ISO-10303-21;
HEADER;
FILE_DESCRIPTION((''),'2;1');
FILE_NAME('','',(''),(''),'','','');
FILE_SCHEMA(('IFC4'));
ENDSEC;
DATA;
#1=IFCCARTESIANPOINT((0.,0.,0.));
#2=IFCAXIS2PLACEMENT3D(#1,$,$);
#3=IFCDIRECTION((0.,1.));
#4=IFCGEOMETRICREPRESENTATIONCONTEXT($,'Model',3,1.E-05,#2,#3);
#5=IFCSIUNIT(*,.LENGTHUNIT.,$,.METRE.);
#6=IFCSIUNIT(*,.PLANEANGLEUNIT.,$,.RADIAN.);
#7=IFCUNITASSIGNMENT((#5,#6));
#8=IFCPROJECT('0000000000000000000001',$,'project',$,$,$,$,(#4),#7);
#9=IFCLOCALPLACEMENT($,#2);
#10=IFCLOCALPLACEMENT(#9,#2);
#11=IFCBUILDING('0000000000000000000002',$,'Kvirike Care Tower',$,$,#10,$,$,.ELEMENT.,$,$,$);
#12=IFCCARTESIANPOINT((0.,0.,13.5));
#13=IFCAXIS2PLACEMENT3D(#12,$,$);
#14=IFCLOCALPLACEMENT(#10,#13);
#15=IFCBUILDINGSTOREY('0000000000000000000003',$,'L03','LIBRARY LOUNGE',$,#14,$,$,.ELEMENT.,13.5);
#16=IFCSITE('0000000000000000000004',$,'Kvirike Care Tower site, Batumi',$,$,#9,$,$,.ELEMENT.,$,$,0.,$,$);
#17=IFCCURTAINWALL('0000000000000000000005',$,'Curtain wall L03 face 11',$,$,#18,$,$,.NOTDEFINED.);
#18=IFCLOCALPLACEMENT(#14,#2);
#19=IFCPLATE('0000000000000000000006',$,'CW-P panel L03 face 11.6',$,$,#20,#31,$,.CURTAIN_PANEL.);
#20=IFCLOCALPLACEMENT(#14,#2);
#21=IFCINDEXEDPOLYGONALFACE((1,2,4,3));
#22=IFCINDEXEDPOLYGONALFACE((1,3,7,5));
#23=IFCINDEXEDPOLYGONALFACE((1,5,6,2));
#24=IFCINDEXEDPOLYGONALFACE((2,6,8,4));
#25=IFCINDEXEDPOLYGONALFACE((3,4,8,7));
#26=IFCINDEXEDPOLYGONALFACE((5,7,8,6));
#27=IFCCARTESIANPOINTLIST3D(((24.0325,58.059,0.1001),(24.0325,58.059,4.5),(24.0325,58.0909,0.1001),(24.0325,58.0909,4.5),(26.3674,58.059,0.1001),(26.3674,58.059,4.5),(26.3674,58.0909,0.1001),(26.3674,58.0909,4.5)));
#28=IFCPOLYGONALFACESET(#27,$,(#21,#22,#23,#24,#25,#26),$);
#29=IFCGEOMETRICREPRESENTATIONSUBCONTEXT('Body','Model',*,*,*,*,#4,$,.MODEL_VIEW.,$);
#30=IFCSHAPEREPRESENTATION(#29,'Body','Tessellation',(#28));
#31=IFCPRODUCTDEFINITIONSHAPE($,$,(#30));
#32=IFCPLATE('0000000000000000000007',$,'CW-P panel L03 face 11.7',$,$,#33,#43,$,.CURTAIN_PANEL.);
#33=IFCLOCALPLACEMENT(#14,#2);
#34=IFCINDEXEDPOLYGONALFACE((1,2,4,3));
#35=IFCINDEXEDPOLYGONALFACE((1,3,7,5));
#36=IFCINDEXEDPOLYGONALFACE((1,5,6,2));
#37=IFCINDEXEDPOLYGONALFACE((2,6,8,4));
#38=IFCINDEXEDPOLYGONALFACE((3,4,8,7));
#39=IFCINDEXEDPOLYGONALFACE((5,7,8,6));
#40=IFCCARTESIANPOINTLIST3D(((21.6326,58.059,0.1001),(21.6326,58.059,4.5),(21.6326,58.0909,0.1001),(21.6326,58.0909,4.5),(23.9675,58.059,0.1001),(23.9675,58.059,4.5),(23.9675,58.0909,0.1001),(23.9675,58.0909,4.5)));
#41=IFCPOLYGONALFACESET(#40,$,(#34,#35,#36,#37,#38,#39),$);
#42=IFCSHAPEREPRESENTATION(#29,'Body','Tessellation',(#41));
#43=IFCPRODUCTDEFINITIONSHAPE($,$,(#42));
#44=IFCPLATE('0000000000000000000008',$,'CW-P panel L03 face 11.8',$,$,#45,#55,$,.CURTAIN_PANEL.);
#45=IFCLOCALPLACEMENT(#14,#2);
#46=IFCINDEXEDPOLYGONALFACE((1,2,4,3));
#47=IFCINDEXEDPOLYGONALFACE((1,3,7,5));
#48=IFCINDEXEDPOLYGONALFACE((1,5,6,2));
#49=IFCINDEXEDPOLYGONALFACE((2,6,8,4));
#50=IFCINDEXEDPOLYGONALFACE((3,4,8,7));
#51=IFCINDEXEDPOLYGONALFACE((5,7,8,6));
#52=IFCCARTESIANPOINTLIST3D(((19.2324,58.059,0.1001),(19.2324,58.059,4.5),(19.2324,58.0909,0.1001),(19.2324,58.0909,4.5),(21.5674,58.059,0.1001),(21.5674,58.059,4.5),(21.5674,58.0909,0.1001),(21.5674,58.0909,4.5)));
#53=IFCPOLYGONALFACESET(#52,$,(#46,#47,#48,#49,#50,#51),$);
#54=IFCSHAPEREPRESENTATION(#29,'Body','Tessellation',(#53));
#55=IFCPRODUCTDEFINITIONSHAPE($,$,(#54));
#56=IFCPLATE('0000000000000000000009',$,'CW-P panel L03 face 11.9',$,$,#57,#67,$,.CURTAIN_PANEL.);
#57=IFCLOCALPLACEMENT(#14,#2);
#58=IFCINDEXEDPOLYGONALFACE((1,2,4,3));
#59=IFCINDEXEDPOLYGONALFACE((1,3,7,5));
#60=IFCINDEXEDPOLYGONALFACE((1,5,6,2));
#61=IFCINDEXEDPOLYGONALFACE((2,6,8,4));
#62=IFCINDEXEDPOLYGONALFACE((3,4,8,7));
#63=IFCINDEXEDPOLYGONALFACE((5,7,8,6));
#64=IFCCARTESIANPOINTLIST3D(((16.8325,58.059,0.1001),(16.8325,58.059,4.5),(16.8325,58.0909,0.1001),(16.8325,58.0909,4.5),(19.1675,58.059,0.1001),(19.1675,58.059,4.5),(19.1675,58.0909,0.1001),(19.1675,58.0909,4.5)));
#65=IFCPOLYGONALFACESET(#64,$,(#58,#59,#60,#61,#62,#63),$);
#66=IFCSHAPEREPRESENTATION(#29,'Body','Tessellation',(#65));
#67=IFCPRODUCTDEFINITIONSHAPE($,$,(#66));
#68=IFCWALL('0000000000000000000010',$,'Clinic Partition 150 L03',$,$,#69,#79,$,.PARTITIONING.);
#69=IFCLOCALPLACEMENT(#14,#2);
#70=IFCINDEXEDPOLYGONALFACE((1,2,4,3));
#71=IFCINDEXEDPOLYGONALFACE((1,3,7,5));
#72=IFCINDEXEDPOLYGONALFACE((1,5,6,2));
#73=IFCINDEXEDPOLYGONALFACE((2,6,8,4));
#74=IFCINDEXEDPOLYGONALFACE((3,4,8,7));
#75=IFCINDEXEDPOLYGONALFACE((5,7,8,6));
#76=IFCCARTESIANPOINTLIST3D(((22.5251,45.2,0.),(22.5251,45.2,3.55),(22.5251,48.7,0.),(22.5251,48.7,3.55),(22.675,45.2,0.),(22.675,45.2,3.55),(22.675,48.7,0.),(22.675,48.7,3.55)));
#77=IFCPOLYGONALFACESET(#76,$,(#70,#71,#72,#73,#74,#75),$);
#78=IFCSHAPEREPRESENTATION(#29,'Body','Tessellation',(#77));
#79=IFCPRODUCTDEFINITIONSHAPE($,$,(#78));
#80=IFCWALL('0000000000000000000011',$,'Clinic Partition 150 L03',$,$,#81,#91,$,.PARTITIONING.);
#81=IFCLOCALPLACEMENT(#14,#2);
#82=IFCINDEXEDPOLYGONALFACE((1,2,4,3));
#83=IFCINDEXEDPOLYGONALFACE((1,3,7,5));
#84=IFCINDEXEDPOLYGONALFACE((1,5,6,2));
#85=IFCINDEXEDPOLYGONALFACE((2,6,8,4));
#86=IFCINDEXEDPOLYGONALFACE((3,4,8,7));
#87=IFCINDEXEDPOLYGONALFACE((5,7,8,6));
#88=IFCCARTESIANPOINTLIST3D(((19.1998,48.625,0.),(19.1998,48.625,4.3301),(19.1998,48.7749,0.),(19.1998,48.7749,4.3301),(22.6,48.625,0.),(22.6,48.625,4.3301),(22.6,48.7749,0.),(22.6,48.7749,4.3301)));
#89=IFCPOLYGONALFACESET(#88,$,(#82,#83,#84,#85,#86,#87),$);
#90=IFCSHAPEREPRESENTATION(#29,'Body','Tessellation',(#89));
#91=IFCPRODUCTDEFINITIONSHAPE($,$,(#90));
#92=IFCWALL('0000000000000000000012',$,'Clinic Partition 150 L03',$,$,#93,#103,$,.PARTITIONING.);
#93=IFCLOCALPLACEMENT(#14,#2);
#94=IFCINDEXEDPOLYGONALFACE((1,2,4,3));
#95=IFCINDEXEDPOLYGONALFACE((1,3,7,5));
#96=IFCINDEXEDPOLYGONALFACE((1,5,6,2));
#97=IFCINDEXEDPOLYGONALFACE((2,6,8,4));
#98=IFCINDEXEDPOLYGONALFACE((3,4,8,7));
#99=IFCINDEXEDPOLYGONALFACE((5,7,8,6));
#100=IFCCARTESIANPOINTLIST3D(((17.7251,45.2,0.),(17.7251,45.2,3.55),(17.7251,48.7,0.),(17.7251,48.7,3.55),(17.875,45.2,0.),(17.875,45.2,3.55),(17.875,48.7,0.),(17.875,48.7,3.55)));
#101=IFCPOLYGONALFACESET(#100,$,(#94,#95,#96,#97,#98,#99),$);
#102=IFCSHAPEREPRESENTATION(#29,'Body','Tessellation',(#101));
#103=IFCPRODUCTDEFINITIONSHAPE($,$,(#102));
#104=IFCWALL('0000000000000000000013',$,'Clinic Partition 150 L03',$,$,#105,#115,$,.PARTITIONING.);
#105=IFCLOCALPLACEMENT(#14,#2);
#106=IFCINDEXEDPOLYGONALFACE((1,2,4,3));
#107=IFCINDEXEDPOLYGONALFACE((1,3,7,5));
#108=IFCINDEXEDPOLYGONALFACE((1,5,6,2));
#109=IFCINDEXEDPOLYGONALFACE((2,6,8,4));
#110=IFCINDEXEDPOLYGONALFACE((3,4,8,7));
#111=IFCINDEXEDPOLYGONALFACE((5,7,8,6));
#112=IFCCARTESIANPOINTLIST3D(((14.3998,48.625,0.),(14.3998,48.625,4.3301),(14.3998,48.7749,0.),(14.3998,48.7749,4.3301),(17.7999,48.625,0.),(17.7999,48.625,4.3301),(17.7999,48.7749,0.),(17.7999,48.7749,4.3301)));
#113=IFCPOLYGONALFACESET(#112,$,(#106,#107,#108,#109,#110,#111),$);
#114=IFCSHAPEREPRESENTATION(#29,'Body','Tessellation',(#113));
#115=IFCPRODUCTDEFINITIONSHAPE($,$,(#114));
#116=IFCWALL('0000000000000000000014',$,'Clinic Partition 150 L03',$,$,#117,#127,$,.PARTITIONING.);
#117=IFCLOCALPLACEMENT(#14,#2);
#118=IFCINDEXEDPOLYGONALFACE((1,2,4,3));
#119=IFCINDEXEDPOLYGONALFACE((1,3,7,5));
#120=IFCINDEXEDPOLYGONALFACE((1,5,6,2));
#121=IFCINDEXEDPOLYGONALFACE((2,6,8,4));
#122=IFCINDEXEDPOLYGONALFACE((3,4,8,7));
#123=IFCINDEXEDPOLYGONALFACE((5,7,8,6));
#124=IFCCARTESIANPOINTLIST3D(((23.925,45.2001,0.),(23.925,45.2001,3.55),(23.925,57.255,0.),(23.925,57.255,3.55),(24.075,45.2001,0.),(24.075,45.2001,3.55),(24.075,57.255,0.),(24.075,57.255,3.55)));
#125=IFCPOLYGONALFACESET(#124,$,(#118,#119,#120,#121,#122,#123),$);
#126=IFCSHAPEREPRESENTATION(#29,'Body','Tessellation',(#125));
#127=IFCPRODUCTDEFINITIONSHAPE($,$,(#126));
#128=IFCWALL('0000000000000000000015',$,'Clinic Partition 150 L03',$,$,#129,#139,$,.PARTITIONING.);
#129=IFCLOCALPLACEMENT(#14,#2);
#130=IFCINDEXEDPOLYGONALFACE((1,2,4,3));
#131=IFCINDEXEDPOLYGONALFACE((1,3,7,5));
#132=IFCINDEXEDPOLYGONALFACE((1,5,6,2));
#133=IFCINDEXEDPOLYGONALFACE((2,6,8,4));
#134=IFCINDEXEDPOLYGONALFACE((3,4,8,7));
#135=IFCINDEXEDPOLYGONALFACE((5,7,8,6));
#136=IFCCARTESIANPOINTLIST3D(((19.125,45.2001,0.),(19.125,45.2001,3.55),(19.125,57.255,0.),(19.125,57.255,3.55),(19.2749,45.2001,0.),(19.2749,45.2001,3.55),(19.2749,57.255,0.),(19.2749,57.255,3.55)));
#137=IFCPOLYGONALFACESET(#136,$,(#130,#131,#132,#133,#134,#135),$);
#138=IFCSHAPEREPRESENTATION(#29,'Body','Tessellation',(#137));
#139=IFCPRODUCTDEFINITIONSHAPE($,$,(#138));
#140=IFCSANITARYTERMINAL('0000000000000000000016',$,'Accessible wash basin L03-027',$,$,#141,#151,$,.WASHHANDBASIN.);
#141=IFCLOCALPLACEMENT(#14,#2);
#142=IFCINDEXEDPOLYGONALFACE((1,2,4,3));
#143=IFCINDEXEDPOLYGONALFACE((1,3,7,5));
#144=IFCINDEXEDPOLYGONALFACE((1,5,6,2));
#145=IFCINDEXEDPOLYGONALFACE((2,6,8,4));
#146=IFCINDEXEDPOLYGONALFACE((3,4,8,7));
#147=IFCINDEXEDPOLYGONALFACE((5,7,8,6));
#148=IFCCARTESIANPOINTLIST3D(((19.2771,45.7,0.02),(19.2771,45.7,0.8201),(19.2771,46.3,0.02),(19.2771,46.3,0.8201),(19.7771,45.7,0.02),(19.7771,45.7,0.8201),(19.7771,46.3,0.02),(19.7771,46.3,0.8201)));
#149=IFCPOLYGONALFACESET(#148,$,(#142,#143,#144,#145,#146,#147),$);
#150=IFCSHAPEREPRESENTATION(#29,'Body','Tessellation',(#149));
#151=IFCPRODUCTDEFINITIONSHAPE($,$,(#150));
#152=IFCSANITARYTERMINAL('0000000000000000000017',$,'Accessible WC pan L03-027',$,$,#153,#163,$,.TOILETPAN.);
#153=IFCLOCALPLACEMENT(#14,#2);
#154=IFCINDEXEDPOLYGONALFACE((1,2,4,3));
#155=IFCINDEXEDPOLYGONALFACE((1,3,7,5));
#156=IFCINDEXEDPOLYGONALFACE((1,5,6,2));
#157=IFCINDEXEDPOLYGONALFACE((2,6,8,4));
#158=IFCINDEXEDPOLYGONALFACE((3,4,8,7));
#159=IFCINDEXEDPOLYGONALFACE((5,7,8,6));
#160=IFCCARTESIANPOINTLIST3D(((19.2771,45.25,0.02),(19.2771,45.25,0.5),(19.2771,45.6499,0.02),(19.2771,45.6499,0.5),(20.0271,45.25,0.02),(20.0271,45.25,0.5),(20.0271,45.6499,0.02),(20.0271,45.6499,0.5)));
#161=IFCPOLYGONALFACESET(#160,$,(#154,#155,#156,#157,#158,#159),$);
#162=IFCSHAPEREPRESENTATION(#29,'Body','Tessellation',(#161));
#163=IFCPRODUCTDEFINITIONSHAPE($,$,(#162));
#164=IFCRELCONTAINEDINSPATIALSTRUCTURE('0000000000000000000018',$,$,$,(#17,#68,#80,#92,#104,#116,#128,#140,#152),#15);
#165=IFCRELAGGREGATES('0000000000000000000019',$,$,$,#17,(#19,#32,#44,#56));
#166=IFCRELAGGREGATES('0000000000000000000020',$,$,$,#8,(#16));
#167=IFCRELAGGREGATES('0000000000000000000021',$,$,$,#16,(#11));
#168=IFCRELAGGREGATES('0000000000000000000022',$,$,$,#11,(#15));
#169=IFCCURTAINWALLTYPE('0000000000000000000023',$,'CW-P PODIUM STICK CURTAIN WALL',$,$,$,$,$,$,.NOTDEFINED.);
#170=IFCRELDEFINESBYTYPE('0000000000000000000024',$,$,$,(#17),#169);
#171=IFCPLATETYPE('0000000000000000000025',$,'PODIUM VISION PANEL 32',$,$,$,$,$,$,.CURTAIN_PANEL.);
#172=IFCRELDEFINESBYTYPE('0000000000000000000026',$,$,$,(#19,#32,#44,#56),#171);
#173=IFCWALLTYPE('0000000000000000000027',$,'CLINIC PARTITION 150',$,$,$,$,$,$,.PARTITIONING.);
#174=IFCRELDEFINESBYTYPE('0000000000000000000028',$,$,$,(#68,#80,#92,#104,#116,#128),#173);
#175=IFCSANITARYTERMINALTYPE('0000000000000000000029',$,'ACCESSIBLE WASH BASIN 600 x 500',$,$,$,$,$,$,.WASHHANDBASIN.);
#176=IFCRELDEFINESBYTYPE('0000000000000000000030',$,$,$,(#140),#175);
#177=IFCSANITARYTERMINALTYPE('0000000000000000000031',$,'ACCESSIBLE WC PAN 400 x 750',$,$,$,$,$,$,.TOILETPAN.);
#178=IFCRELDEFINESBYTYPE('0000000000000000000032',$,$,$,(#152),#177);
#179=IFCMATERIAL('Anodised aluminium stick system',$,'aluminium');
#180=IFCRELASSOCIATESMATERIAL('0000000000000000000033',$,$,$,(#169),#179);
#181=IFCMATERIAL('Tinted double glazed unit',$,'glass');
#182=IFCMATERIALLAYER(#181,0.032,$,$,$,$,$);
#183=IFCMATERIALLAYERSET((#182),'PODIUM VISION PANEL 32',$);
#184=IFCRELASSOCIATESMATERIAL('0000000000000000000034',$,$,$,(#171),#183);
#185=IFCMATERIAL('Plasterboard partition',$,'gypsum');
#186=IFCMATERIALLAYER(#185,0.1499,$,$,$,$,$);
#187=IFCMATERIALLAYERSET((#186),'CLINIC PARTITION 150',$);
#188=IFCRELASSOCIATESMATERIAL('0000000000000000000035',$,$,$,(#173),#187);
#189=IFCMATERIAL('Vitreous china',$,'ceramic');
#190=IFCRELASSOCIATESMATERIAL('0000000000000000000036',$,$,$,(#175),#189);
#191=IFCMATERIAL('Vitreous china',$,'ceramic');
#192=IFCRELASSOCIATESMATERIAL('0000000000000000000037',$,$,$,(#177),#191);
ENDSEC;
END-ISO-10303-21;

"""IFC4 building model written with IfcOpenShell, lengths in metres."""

from ifc_helpers import new_model, si_unit, direction, frame, frame_2d, origin, origin_2d, place, context, subcontext, project, spatial, rectangle, extrude, material, layer, layer_set, type_object, element, aggregate, save


model = new_model("IFC4")

# Units and contexts
model_context = context("Model", 3, precision=1e-05, world=origin(), true_north=direction((0.0, 1.0)))
body_context = subcontext(model_context, "Body", "Model", "MODEL_VIEW")
ifc_project = project(units=[si_unit("LENGTHUNIT", "METRE"), si_unit("PLANEANGLEUNIT", "RADIAN")], contexts=[model_context])

# Site, building, storey
site_placement = place(None, origin())
site = spatial("IfcSite", under=ifc_project, at=site_placement, Name="Kvirike Care Tower site, Batumi", CompositionType="ELEMENT", RefElevation=0.0)
building_placement = place(site_placement, origin())
building = spatial("IfcBuilding", under=site, at=building_placement, Name="Kvirike Care Tower", CompositionType="ELEMENT")
storey_placement = place(building_placement, frame((0.0, 0.0, 13.5)))
storey = spatial("IfcBuildingStorey", under=building, at=storey_placement, Name="L03", Description="LIBRARY LOUNGE", CompositionType="ELEMENT", Elevation=13.5)

# Curtain wall
ifc_material_1 = material(Name="Anodised aluminium stick system", Category="aluminium")
curtain_wall_type = type_object("IfcCurtainWallType", Name="CW-P PODIUM STICK CURTAIN WALL", PredefinedType="NOTDEFINED", material=ifc_material_1)
curtain_wall_placement = place(storey_placement, origin())
curtain_wall = element("IfcCurtainWall", 1, at=curtain_wall_placement, inside=storey, type_object=curtain_wall_type, Name="Curtain wall L03 face 11", PredefinedType="NOTDEFINED")

# Plates
ifc_material_2 = material(Name="Tinted double glazed unit", Category="glass")
ifc_layer_1 = layer(ifc_material_2, 0.032)
ifc_layer_set_1 = layer_set([ifc_layer_1], Name="PODIUM VISION PANEL 32")
plate_type = type_object("IfcPlateType", Name="PODIUM VISION PANEL 32", PredefinedType="CURTAIN_PANEL", material=ifc_layer_set_1)
plate_1_placement = place(storey_placement, frame((25.2, 58.075, 0.1001), z_axis=(0.0, 0.0, 1.0), x_axis=(-1.0, 0.0, 0.0)))
plate_1 = element("IfcPlate", 2, at=plate_1_placement, type_object=plate_type, Name="CW-P panel L03 face 11.6", PredefinedType="CURTAIN_PANEL", context=body_context, shape_type="SweptSolid", body=[
    extrude(rectangle(XDim=2.335, YDim=0.032, at=origin_2d()), origin(), (0.0, 0.0, 1.0), 4.3999),
])
plate_2_placement = place(storey_placement, frame((22.8, 58.075, 0.1001), z_axis=(0.0, 0.0, 1.0), x_axis=(-1.0, 0.0, 0.0)))
plate_2 = element("IfcPlate", 3, at=plate_2_placement, type_object=plate_type, Name="CW-P panel L03 face 11.7", PredefinedType="CURTAIN_PANEL", context=body_context, shape_type="SweptSolid", body=[
    extrude(rectangle(XDim=2.335, YDim=0.032, at=origin_2d()), origin(), (0.0, 0.0, 1.0), 4.3999),
])
plate_3_placement = place(storey_placement, frame((20.3999, 58.075, 0.1001), z_axis=(0.0, 0.0, 1.0), x_axis=(-1.0, 0.0, 0.0)))
plate_3 = element("IfcPlate", 4, at=plate_3_placement, type_object=plate_type, Name="CW-P panel L03 face 11.8", PredefinedType="CURTAIN_PANEL", context=body_context, shape_type="SweptSolid", body=[
    extrude(rectangle(XDim=2.335, YDim=0.032, at=origin_2d()), origin(), (0.0, 0.0, 1.0), 4.3999),
])
plate_4_placement = place(storey_placement, frame((18.0, 58.075, 0.1001), z_axis=(0.0, 0.0, 1.0), x_axis=(-1.0, 0.0, 0.0)))
plate_4 = element("IfcPlate", 5, at=plate_4_placement, type_object=plate_type, Name="CW-P panel L03 face 11.9", PredefinedType="CURTAIN_PANEL", context=body_context, shape_type="SweptSolid", body=[
    extrude(rectangle(XDim=2.335, YDim=0.032, at=origin_2d()), origin(), (0.0, 0.0, 1.0), 4.3999),
])
aggregate(curtain_wall, [plate_1, plate_2, plate_3, plate_4])

# Walls
ifc_material_3 = material(Name="Plasterboard partition", Category="gypsum")
ifc_layer_2 = layer(ifc_material_3, 0.1499)
ifc_layer_set_2 = layer_set([ifc_layer_2], Name="CLINIC PARTITION 150")
wall_type = type_object("IfcWallType", Name="CLINIC PARTITION 150", PredefinedType="PARTITIONING", material=ifc_layer_set_2)
wall_1_placement = place(storey_placement, frame((22.6001, 48.7, 0.0), z_axis=(0.0, 0.0, 1.0), x_axis=(0.0, -1.0, 0.0)))
element("IfcWall", 6, at=wall_1_placement, inside=storey, type_object=wall_type, Name="Clinic Partition 150 L03", PredefinedType="PARTITIONING", context=body_context, shape_type="SweptSolid", body=[
    extrude(rectangle(XDim=3.5, YDim=0.1499, at=frame_2d((1.75, 0.0))), origin(), (0.0, 0.0, 1.0), 3.55),
])
wall_2_placement = place(storey_placement, frame((22.6001, 48.7, 0.0), z_axis=(0.0, 0.0, 1.0), x_axis=(-1.0, 0.0, 0.0)))
element("IfcWall", 7, at=wall_2_placement, inside=storey, type_object=wall_type, Name="Clinic Partition 150 L03", PredefinedType="PARTITIONING", context=body_context, shape_type="SweptSolid", body=[
    extrude(rectangle(XDim=3.4001, YDim=0.1499, at=frame_2d((1.7002, 0.0))), origin(), (0.0, 0.0, 1.0), 4.3301),
])
wall_3_placement = place(storey_placement, frame((17.8, 48.7, 0.0), z_axis=(0.0, 0.0, 1.0), x_axis=(0.0, -1.0, 0.0)))
element("IfcWall", 8, at=wall_3_placement, inside=storey, type_object=wall_type, Name="Clinic Partition 150 L03", PredefinedType="PARTITIONING", context=body_context, shape_type="SweptSolid", body=[
    extrude(rectangle(XDim=3.5, YDim=0.1499, at=frame_2d((1.75, 0.0))), origin(), (0.0, 0.0, 1.0), 3.55),
])
wall_4_placement = place(storey_placement, frame((17.8, 48.7, 0.0), z_axis=(0.0, 0.0, 1.0), x_axis=(-1.0, 0.0, 0.0)))
element("IfcWall", 9, at=wall_4_placement, inside=storey, type_object=wall_type, Name="Clinic Partition 150 L03", PredefinedType="PARTITIONING", context=body_context, shape_type="SweptSolid", body=[
    extrude(rectangle(XDim=3.4001, YDim=0.1499, at=frame_2d((1.7002, 0.0))), origin(), (0.0, 0.0, 1.0), 4.3301),
])
for number, where, z_axis, x_axis, name in (
    (10, (24.0, 57.2549, 0.0), (0.0, 0.0, 1.0), (0.0, -1.0, 0.0), "Clinic Partition 150 L03"),
    (11, (19.2, 57.2549, 0.0), (0.0, 0.0, 1.0), (0.0, -1.0, 0.0), "Clinic Partition 150 L03"),
):
    element("IfcWall", number, at=place(storey_placement, frame(where, z_axis=z_axis, x_axis=x_axis)), inside=storey, type_object=wall_type, Name=name, PredefinedType="PARTITIONING", context=body_context, shape_type="SweptSolid", body=[
        extrude(rectangle(XDim=12.0549, YDim=0.1499, at=frame_2d((6.0273, 0.0))), origin(), (0.0, 0.0, 1.0), 3.55),
    ])

# Sanitary terminals
ifc_material_4 = material(Name="Vitreous china", Category="ceramic")
sanitary_terminal_type_1 = type_object("IfcSanitaryTerminalType", Name="ACCESSIBLE WASH BASIN 600 x 500", PredefinedType="WASHHANDBASIN", material=ifc_material_4)
sanitary_terminal_1_placement = place(storey_placement, frame((19.5271, 46.0, 0.02), z_axis=(0.0, 0.0, 1.0), x_axis=(0.0, 1.0, 0.0)))
element("IfcSanitaryTerminal", 12, at=sanitary_terminal_1_placement, inside=storey, type_object=sanitary_terminal_type_1, Name="Accessible wash basin L03-027", PredefinedType="WASHHANDBASIN", context=body_context, shape_type="SweptSolid", body=[
    extrude(rectangle(XDim=0.6001, YDim=0.5, at=origin_2d()), origin(), (0.0, 0.0, 1.0), 0.8),
])
ifc_material_5 = material(Name="Vitreous china", Category="ceramic")
sanitary_terminal_type_2 = type_object("IfcSanitaryTerminalType", Name="ACCESSIBLE WC PAN 400 x 750", PredefinedType="TOILETPAN", material=ifc_material_5)
sanitary_terminal_2_placement = place(storey_placement, frame((19.6521, 45.45, 0.02), z_axis=(0.0, 0.0, 1.0), x_axis=(0.0, 1.0, 0.0)))
element("IfcSanitaryTerminal", 13, at=sanitary_terminal_2_placement, inside=storey, type_object=sanitary_terminal_type_2, Name="Accessible WC pan L03-027", PredefinedType="TOILETPAN", context=body_context, shape_type="SweptSolid", body=[
    extrude(rectangle(XDim=0.3999, YDim=0.75, at=origin_2d()), origin(), (0.0, 0.0, 1.0), 0.48),
])

save(model, "model.ifc")
